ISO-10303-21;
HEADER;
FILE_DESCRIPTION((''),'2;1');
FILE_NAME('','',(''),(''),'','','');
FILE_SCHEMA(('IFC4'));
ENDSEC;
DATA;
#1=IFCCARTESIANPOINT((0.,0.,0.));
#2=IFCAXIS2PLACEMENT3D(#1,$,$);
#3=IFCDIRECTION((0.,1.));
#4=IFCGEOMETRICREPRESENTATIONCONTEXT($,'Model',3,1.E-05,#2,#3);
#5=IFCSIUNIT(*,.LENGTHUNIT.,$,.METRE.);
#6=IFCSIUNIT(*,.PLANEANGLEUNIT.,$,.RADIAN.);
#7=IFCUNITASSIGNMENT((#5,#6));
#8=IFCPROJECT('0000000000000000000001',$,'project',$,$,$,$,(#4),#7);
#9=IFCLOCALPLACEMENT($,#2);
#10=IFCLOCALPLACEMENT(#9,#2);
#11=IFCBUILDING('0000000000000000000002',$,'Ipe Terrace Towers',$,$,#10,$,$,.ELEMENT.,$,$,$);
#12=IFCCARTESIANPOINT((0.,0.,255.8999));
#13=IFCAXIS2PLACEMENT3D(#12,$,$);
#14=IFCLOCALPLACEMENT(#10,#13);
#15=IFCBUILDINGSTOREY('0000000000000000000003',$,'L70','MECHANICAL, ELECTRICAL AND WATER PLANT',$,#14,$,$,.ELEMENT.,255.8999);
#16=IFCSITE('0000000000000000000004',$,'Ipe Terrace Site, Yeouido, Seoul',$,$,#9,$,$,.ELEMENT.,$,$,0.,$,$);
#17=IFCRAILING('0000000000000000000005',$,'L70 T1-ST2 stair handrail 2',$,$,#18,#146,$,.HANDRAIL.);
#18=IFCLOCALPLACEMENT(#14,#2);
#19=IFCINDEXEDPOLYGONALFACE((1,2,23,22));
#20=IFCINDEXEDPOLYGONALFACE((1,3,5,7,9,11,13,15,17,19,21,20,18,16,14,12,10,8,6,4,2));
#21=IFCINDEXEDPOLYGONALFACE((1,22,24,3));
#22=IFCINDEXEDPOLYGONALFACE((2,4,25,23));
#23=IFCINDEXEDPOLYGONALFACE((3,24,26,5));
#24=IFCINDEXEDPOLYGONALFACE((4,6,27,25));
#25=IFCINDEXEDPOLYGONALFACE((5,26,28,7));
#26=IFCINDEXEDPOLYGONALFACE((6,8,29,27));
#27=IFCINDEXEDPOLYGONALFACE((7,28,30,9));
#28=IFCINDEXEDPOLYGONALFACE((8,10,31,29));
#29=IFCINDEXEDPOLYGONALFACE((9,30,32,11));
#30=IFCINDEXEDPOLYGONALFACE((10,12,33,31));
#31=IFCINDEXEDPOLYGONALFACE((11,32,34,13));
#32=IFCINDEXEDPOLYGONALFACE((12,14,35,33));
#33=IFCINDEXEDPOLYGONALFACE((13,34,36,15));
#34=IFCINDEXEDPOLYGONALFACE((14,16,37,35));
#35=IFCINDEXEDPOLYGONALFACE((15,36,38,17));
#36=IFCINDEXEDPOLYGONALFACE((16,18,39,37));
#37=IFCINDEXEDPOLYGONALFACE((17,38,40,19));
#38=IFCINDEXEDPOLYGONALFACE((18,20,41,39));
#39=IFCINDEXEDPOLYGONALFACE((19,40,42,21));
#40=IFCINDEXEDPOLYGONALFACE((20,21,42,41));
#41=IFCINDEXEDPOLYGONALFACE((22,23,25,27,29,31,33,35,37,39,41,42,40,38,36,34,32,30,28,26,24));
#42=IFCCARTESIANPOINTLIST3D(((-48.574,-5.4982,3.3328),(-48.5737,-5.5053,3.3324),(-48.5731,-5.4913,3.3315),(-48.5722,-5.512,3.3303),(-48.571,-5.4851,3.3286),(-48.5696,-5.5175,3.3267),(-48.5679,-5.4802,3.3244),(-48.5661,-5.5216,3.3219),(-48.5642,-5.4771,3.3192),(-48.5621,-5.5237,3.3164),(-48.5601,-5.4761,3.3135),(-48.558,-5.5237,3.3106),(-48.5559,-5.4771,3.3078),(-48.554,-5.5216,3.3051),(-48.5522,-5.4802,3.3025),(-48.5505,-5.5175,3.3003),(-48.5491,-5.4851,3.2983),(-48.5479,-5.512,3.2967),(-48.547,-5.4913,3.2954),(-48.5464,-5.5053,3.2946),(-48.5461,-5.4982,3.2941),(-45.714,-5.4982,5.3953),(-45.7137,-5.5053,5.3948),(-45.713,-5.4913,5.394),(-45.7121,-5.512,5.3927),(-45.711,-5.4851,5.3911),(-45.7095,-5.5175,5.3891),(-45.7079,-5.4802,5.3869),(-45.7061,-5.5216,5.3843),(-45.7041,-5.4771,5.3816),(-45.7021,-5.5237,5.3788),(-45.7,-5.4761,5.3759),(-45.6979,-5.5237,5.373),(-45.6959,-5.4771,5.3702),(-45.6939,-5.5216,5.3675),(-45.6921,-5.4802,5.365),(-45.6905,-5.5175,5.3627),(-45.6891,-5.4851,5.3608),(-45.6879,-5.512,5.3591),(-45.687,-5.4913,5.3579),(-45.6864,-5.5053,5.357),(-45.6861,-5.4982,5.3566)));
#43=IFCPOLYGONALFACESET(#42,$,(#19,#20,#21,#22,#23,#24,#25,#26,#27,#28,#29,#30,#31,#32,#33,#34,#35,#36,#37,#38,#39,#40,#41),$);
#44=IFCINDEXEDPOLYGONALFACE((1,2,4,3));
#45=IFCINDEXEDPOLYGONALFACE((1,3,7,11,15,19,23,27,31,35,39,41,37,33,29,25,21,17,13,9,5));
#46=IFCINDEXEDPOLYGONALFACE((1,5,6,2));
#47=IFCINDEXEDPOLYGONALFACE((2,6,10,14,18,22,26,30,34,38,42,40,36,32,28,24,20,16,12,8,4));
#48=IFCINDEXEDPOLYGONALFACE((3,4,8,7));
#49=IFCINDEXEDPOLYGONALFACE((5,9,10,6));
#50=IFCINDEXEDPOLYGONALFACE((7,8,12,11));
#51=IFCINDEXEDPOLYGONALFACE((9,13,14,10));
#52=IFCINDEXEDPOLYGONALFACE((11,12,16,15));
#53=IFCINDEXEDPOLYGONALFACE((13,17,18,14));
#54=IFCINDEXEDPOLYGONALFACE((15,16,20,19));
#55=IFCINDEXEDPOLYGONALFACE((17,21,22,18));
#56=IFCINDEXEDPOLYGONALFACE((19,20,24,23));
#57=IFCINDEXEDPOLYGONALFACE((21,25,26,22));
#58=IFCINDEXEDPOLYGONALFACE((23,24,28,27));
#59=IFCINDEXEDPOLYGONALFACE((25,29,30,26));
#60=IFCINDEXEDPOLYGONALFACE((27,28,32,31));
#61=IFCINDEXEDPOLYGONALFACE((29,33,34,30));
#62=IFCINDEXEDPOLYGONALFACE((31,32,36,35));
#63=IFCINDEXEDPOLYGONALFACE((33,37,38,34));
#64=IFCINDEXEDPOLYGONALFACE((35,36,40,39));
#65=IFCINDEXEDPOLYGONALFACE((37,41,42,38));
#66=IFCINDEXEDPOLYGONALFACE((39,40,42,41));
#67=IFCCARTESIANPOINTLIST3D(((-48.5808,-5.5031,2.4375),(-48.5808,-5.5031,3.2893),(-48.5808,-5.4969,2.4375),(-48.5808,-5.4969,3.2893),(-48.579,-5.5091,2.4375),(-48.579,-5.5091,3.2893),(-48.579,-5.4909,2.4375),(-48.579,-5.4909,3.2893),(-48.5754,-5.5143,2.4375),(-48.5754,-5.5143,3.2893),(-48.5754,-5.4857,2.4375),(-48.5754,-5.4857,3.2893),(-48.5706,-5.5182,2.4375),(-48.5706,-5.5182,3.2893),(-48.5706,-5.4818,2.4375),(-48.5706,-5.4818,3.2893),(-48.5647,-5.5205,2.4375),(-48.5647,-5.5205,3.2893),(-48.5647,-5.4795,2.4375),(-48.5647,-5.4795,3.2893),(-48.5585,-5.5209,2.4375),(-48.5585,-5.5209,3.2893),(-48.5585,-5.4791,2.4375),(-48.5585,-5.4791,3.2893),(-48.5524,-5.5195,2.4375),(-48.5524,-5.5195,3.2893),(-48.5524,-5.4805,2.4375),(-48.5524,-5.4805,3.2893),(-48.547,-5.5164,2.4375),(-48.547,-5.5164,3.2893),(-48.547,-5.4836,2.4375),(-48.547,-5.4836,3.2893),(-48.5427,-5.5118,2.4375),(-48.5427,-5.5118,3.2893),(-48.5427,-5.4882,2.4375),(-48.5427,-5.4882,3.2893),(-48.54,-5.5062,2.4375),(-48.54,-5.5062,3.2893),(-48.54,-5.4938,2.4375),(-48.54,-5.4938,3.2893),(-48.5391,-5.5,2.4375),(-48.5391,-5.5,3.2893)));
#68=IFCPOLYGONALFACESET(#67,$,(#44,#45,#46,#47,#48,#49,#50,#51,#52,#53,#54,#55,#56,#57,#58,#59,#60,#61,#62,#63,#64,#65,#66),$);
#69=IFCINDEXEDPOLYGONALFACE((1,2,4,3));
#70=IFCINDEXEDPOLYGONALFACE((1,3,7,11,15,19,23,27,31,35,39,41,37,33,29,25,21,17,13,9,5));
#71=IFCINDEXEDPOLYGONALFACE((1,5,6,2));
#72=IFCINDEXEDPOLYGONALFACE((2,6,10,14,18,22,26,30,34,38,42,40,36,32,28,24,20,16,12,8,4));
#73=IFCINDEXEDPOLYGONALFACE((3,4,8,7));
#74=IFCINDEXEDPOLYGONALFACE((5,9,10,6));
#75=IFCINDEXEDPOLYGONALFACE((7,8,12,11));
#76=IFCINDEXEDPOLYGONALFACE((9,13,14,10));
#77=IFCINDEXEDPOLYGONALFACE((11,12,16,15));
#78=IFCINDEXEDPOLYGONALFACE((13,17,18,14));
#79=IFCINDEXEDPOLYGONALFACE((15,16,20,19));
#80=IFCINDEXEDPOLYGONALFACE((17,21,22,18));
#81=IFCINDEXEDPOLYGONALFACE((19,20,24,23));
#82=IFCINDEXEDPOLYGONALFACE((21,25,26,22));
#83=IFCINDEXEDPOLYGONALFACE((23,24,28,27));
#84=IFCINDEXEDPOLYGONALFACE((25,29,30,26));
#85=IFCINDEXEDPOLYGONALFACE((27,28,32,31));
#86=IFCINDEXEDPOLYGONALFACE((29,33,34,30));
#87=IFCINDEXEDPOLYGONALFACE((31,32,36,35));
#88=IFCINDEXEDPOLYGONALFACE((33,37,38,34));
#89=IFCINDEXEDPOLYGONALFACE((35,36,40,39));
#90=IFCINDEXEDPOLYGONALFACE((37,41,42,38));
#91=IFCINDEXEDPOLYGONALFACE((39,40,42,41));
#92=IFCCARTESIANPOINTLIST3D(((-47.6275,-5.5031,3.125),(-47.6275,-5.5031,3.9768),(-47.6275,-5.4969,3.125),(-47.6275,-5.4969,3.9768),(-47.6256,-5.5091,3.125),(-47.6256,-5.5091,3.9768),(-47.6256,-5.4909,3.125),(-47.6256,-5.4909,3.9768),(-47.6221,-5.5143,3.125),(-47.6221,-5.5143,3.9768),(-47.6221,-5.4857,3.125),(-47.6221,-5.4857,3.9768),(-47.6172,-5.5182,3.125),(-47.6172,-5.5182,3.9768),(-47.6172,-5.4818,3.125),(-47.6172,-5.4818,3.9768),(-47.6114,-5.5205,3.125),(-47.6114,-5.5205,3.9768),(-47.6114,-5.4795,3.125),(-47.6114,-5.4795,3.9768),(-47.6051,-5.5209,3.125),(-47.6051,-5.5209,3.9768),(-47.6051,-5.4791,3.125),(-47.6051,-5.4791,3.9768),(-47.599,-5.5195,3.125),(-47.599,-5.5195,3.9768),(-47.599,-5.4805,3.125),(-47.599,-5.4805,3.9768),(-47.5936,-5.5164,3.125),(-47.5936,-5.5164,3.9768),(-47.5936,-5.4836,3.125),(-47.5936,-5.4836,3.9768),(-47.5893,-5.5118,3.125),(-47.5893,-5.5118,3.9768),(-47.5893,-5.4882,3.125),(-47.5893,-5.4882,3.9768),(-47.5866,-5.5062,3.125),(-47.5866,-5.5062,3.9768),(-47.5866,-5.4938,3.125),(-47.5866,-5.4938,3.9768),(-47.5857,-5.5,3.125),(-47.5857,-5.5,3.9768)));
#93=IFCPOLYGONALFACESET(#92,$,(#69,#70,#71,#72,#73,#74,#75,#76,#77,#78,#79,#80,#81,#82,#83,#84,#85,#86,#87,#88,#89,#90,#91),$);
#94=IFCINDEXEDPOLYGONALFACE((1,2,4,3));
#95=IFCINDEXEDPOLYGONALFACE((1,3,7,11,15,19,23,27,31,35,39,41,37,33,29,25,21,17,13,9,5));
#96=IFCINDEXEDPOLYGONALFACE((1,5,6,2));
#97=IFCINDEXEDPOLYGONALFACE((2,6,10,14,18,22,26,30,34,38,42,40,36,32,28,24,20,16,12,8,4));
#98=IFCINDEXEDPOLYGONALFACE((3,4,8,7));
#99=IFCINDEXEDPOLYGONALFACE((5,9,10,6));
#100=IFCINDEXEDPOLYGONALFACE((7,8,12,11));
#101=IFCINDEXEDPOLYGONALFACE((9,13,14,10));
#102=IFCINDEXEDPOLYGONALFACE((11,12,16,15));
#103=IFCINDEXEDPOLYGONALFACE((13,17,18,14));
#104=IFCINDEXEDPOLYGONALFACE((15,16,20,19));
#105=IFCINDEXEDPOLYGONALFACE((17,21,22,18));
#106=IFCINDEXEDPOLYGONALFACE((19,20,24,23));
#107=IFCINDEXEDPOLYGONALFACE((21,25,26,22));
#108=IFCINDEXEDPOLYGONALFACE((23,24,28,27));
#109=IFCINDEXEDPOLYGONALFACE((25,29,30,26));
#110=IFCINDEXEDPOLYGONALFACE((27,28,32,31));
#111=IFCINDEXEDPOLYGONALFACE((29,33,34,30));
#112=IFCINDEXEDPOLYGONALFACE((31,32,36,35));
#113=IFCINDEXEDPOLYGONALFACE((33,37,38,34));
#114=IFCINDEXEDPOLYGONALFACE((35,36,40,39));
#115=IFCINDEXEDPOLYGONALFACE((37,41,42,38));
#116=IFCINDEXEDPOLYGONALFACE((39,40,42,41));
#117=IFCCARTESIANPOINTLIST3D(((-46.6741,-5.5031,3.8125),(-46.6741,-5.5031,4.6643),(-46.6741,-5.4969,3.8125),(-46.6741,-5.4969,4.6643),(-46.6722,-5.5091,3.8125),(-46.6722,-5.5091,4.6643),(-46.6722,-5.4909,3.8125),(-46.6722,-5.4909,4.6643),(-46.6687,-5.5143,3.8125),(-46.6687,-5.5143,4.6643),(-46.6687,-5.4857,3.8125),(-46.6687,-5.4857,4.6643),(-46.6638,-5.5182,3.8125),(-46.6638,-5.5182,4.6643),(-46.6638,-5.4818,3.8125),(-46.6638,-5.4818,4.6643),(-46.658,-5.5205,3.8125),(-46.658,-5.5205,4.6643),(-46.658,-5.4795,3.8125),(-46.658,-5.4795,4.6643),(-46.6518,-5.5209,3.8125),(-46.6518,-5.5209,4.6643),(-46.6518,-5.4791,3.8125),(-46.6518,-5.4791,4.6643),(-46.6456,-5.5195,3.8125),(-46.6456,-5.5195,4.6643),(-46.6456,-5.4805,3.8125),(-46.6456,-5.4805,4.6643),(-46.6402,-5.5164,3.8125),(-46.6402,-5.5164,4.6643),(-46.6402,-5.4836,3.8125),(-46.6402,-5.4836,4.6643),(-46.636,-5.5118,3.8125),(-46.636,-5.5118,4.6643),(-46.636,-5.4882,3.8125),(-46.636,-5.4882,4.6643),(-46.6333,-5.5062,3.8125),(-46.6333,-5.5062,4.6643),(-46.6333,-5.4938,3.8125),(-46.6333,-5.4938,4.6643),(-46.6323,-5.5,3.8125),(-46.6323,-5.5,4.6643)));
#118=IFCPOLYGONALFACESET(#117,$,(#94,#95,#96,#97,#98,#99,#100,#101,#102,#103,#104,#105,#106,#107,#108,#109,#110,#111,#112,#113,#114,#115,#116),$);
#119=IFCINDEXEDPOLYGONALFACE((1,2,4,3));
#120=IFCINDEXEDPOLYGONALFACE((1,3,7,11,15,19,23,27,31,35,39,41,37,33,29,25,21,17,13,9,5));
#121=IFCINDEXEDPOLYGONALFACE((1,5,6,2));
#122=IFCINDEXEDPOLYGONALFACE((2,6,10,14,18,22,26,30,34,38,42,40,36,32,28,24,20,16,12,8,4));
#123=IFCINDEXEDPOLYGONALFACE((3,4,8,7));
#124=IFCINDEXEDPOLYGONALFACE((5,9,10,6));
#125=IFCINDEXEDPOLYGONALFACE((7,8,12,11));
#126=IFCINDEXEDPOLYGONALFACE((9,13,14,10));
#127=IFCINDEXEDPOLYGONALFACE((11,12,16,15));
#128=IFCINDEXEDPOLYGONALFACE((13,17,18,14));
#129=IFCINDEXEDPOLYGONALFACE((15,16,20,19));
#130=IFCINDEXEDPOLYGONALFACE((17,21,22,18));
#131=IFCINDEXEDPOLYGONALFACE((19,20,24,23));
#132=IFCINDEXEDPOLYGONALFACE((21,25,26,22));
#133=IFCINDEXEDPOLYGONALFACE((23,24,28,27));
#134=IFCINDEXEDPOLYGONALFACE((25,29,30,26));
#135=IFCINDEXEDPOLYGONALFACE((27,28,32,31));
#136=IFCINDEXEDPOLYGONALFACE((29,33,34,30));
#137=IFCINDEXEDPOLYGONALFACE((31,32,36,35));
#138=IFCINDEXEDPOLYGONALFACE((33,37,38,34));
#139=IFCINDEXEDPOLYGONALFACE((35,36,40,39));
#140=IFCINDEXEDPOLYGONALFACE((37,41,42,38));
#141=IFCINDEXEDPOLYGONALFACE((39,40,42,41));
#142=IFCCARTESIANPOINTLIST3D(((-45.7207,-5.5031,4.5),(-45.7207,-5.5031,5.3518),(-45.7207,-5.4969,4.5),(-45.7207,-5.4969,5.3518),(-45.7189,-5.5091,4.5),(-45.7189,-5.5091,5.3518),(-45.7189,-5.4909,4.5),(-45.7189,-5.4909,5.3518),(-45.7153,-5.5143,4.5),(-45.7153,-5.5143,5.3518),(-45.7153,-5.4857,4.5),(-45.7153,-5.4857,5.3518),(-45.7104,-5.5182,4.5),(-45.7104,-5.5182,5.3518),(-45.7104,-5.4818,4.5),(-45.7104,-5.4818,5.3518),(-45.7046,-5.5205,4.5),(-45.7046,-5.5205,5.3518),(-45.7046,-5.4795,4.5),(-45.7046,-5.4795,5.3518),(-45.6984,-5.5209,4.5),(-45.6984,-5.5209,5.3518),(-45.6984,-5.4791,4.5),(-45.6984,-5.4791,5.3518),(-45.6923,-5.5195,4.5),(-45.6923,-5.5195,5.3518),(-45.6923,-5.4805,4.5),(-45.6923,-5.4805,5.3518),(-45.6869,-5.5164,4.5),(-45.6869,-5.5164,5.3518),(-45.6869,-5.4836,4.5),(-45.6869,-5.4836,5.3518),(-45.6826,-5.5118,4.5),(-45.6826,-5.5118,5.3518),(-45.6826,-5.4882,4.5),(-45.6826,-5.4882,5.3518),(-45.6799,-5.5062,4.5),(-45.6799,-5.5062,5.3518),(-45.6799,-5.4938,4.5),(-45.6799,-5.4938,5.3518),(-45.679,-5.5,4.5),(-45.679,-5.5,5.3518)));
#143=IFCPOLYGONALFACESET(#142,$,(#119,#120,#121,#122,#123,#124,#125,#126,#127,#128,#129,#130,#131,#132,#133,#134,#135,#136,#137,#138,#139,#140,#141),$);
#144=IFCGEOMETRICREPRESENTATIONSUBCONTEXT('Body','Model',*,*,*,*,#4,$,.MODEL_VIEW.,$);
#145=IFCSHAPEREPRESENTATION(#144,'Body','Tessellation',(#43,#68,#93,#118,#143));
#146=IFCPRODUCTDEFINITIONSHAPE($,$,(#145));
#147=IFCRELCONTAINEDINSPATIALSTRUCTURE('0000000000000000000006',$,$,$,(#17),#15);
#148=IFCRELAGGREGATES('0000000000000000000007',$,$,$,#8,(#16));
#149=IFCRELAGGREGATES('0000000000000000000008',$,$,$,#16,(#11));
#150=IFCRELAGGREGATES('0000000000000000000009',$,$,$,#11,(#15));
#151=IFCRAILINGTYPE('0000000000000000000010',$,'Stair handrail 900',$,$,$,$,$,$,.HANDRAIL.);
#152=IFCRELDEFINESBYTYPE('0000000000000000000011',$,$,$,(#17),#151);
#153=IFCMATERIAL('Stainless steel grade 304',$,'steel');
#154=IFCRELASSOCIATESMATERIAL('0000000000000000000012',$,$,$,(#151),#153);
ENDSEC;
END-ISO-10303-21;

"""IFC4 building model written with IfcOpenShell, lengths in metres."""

from ifc_helpers import new_model, si_unit, direction, frame, origin, origin_2d, place, context, subcontext, project, spatial, circle, extrude, material, type_object, element, save


model = new_model("IFC4")

# Units and contexts
model_context = context("Model", 3, precision=1e-05, world=origin(), true_north=direction((0.0, 1.0)))
body_context = subcontext(model_context, "Body", "Model", "MODEL_VIEW")
ifc_project = project(units=[si_unit("LENGTHUNIT", "METRE"), si_unit("PLANEANGLEUNIT", "RADIAN")], contexts=[model_context])

# Site, building, storey
site_placement = place(None, origin())
site = spatial("IfcSite", under=ifc_project, at=site_placement, Name="Ipe Terrace Site, Yeouido, Seoul", CompositionType="ELEMENT", RefElevation=0.0)
building_placement = place(site_placement, origin())
building = spatial("IfcBuilding", under=site, at=building_placement, Name="Ipe Terrace Towers", CompositionType="ELEMENT")
storey_placement = place(building_placement, frame((0.0, 0.0, 255.8999)))
storey = spatial("IfcBuildingStorey", under=building, at=storey_placement, Name="L70", Description="MECHANICAL, ELECTRICAL AND WATER PLANT", CompositionType="ELEMENT", Elevation=255.8999)

# Railing
ifc_material_1 = material(Name="Stainless steel grade 304", Category="steel")
railing_type = type_object("IfcRailingType", Name="Stair handrail 900", PredefinedType="HANDRAIL", material=ifc_material_1)
railing_placement = place(storey_placement, frame((-48.5601, -5.5, 2.4375)))
element("IfcRailing", 1, at=railing_placement, inside=storey, type_object=railing_type, Name="L70 T1-ST2 stair handrail 2", PredefinedType="HANDRAIL", context=body_context, shape_type="SweptSolid", body=[
    extrude(circle(Radius=0.0239, at=origin_2d()), frame((0.0, 0.0, 0.876), z_axis=(0.811101, 0.0, 0.584906), x_axis=(0.0, 1.0, 0.0)), (0.0, 0.0, 1.0), 3.5261),
    extrude(circle(Radius=0.021, at=origin_2d()), origin(), (0.0, 0.0, 1.0), 0.8518),
    extrude(circle(Radius=0.021, at=origin_2d()), frame((0.9534, 0.0, 0.6875)), (0.0, 0.0, 1.0), 0.8518),
    extrude(circle(Radius=0.021, at=origin_2d()), frame((1.9067, 0.0, 1.375)), (0.0, 0.0, 1.0), 0.8518),
    extrude(circle(Radius=0.021, at=origin_2d()), frame((2.8601, 0.0, 2.0625)), (0.0, 0.0, 1.0), 0.8518),
])

save(model, "model.ifc")
